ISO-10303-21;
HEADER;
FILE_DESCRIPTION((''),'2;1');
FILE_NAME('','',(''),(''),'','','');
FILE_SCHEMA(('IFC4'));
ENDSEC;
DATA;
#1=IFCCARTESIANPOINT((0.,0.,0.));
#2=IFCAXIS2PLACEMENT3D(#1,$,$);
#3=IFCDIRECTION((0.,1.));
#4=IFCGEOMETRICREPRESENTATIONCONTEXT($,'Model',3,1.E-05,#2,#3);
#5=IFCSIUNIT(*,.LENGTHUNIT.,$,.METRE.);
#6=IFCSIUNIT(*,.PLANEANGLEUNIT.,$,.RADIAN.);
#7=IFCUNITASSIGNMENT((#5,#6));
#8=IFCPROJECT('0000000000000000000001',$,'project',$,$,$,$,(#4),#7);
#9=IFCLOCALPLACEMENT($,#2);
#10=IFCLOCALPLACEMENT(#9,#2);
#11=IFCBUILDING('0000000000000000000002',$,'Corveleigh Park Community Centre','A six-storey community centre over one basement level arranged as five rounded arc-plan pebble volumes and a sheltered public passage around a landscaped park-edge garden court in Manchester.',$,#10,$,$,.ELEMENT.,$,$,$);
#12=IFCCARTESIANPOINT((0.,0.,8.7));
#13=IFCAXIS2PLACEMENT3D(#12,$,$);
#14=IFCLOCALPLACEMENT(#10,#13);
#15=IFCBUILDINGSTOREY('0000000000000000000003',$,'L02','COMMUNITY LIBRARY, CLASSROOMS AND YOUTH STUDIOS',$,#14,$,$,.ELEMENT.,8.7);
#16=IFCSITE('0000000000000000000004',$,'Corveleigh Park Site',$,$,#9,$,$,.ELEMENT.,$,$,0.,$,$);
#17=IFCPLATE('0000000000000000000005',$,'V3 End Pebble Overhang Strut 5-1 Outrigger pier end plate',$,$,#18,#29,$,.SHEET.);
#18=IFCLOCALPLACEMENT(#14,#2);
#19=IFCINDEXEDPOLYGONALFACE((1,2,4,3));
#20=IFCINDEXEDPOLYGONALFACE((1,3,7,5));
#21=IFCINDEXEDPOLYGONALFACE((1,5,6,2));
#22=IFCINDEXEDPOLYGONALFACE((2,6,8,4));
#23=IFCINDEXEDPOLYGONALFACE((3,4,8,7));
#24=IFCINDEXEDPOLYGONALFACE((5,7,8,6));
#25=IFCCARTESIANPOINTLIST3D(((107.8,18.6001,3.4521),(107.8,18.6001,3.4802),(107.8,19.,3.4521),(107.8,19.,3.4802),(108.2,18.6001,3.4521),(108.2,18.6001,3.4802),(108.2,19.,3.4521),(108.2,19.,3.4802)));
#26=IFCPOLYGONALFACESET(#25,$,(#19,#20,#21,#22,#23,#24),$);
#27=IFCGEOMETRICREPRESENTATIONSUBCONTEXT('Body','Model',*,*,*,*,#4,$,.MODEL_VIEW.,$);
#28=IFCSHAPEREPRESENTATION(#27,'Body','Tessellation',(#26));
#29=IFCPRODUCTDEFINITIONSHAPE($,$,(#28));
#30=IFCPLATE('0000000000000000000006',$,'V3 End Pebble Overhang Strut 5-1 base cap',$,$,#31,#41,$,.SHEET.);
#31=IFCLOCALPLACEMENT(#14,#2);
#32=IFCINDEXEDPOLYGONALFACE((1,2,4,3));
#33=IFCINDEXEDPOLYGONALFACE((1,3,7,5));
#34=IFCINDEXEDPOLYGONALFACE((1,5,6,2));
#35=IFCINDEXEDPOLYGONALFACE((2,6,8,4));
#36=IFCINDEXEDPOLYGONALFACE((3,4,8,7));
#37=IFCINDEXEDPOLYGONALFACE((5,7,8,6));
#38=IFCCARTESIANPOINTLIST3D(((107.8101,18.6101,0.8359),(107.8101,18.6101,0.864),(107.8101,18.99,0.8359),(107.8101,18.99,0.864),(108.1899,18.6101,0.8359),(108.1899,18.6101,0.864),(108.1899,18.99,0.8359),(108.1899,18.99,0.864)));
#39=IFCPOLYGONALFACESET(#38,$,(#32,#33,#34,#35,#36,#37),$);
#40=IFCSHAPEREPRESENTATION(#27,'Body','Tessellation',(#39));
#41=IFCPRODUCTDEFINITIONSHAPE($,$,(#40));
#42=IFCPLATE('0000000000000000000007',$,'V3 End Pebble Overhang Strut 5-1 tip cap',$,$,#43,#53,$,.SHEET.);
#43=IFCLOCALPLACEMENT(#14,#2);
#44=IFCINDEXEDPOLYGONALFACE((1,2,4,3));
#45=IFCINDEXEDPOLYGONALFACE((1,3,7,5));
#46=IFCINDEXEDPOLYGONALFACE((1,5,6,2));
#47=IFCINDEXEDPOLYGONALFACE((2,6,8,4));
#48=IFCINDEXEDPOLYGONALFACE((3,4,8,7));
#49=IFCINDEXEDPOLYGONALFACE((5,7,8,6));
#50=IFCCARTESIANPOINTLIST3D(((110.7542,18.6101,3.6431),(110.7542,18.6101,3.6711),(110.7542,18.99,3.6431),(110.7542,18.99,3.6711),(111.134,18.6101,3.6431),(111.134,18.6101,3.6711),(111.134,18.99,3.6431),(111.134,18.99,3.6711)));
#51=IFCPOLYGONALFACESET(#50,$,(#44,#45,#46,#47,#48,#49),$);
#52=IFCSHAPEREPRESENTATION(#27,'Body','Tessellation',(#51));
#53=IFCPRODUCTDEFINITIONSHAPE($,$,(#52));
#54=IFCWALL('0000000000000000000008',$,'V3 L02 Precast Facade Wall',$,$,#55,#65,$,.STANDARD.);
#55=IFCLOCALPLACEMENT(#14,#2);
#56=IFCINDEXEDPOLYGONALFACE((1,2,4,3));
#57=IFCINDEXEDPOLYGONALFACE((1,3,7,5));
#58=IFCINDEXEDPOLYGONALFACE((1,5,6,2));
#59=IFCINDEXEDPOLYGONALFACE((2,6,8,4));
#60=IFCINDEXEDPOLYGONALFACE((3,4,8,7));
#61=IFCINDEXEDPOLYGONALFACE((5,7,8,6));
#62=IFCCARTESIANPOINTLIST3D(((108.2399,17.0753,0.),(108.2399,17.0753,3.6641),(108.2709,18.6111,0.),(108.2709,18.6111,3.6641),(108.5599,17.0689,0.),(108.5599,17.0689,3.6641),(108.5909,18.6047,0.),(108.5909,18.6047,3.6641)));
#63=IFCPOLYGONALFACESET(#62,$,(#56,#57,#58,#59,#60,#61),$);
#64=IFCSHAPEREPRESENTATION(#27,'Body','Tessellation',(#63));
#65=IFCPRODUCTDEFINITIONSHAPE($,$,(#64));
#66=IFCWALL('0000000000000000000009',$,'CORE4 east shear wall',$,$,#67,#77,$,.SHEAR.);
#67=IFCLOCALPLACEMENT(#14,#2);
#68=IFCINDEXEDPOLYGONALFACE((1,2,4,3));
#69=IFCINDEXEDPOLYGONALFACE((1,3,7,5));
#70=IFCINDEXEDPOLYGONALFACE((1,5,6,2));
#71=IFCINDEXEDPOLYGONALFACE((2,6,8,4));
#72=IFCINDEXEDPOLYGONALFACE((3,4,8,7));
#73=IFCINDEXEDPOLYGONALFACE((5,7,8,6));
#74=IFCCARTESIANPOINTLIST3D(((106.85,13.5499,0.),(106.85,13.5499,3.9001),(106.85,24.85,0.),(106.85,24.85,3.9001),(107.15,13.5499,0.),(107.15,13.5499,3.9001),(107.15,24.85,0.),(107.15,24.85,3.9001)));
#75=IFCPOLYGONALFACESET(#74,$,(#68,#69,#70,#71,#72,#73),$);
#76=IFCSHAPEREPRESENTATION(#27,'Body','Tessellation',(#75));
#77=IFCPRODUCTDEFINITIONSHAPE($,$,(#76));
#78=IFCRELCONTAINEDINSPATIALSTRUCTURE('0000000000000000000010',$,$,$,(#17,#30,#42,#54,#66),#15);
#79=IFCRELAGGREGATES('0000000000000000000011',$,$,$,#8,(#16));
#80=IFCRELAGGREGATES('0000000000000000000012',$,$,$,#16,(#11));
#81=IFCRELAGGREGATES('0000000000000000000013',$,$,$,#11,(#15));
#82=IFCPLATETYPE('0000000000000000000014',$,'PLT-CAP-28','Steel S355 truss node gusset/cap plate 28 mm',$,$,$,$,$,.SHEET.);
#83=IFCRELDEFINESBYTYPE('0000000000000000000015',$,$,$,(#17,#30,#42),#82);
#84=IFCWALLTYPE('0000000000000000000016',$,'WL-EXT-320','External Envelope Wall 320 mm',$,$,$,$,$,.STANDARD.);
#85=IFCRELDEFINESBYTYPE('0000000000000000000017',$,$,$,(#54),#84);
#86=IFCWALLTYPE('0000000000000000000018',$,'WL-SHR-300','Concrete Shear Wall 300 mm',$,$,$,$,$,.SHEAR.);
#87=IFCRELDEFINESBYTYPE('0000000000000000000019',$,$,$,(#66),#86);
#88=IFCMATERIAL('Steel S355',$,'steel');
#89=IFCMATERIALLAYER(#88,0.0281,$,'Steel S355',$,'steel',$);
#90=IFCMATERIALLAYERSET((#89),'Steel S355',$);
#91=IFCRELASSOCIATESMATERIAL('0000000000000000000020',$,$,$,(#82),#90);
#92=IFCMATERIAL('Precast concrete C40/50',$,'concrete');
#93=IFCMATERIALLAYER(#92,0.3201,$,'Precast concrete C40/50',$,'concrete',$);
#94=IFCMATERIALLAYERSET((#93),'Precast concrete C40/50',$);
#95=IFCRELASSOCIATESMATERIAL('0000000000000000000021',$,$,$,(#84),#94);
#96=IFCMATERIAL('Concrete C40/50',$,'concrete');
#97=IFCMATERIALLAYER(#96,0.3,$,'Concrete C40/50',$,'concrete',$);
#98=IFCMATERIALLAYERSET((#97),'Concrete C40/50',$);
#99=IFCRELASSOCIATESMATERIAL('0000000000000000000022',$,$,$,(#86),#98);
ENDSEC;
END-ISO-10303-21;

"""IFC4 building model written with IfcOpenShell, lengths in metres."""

from ifc_helpers import new_model, si_unit, direction, frame, frame_2d, origin, origin_2d, place, context, subcontext, project, spatial, rectangle, extrude, material, layer, layer_set, type_object, element, save


model = new_model("IFC4")

# Units and contexts
model_context = context("Model", 3, precision=1e-05, world=origin(), true_north=direction((0.0, 1.0)))
body_context = subcontext(model_context, "Body", "Model", "MODEL_VIEW")
ifc_project = project(units=[si_unit("LENGTHUNIT", "METRE"), si_unit("PLANEANGLEUNIT", "RADIAN")], contexts=[model_context])

# Site, building, storey
site_placement = place(None, origin())
site = spatial("IfcSite", under=ifc_project, at=site_placement, Name="Corveleigh Park Site", CompositionType="ELEMENT", RefElevation=0.0)
building_placement = place(site_placement, origin())
building = spatial("IfcBuilding", under=site, at=building_placement, Name="Corveleigh Park Community Centre", Description="A six-storey community centre over one basement level arranged as five rounded arc-plan pebble volumes and a sheltered public passage around a landscaped park-edge garden court in Manchester.", CompositionType="ELEMENT")
storey_placement = place(building_placement, frame((0.0, 0.0, 8.7)))
storey = spatial("IfcBuildingStorey", under=building, at=storey_placement, Name="L02", Description="COMMUNITY LIBRARY, CLASSROOMS AND YOUTH STUDIOS", CompositionType="ELEMENT", Elevation=8.7)

# Shared definitions
ifc_material_1 = material(Name="Concrete C40/50", Category="concrete")

# Shared definitions
ifc_material_2 = material(Name="Steel S355", Category="steel")

# Plates
ifc_layer_1 = layer(ifc_material_2, 0.0281, Name="Steel S355", Category="steel")
ifc_layer_set_1 = layer_set([ifc_layer_1], Name="Steel S355")
plate_type_1 = type_object("IfcPlateType", Name="PLT-CAP-28", Description="Steel S355 truss node gusset/cap plate 28 mm", PredefinedType="SHEET", material=ifc_layer_set_1)
plate_1_placement = place(storey_placement, frame((108.0, 18.8, 3.4521), z_axis=(0.0, 0.0, 1.0), x_axis=(1.0, 0.0, 0.0)))
element("IfcPlate", 1, at=plate_1_placement, inside=storey, type_object=plate_type_1, Name="V3 End Pebble Overhang Strut 5-1 Outrigger pier end plate", PredefinedType="SHEET", context=body_context, shape_type="SweptSolid", body=[
    extrude(rectangle(XDim=0.3999, YDim=0.3999, at=origin_2d()), origin(), (0.0, 0.0, 1.0), 0.0281),
])
for number, where, z_axis, x_axis, name in (
    (2, (108.0, 18.8, 0.8359), (0.0, 0.0, 1.0), (1.0, 0.0, 0.0), "V3 End Pebble Overhang Strut 5-1 base cap"),
    (3, (110.9441, 18.8, 3.6431), (0.0, 0.0, 1.0), (1.0, 0.0, 0.0), "V3 End Pebble Overhang Strut 5-1 tip cap"),
):
    element("IfcPlate", number, at=place(storey_placement, frame(where, z_axis=z_axis, x_axis=x_axis)), inside=storey, type_object=plate_type_1, Name=name, PredefinedType="SHEET", context=body_context, shape_type="SweptSolid", body=[
        extrude(rectangle(XDim=0.3799, YDim=0.3799, at=origin_2d()), origin(), (0.0, 0.0, 1.0), 0.0281),
    ])

# Walls
ifc_material_3 = material(Name="Precast concrete C40/50", Category="concrete")
ifc_layer_2 = layer(ifc_material_3, 0.3201, Name="Precast concrete C40/50", Category="concrete")
ifc_layer_set_2 = layer_set([ifc_layer_2], Name="Precast concrete C40/50")
wall_type_1 = type_object("IfcWallType", Name="WL-EXT-320", Description="External Envelope Wall 320 mm", PredefinedType="STANDARD", material=ifc_layer_set_2)
wall_1_placement = place(storey_placement, frame((108.4309, 18.6079, 0.0), z_axis=(0.0, 0.0, 1.0), x_axis=(-0.020183, -0.999796, 0.0)))
element("IfcWall", 4, at=wall_1_placement, inside=storey, type_object=wall_type_1, Name="V3 L02 Precast Facade Wall", PredefinedType="STANDARD", context=body_context, shape_type="SweptSolid", body=[
    extrude(rectangle(XDim=1.5361, YDim=0.3201, at=frame_2d((0.7681, 0.0))), origin(), (0.0, 0.0, 1.0), 3.6641),
])
ifc_layer_3 = layer(ifc_material_1, 0.3, Name="Concrete C40/50", Category="concrete")
ifc_layer_set_3 = layer_set([ifc_layer_3], Name="Concrete C40/50")
wall_type_2 = type_object("IfcWallType", Name="WL-SHR-300", Description="Concrete Shear Wall 300 mm", PredefinedType="SHEAR", material=ifc_layer_set_3)
wall_2_placement = place(storey_placement, frame((107.0, 13.55, 0.0), z_axis=(0.0, 0.0, 1.0), x_axis=(0.0, 1.0, 0.0)))
element("IfcWall", 5, at=wall_2_placement, inside=storey, type_object=wall_type_2, Name="CORE4 east shear wall", PredefinedType="SHEAR", context=body_context, shape_type="SweptSolid", body=[
    extrude(rectangle(XDim=11.3, YDim=0.3, at=frame_2d((5.6499, 0.0))), origin(), (0.0, 0.0, 1.0), 3.9001),
])

save(model, "model.ifc")
